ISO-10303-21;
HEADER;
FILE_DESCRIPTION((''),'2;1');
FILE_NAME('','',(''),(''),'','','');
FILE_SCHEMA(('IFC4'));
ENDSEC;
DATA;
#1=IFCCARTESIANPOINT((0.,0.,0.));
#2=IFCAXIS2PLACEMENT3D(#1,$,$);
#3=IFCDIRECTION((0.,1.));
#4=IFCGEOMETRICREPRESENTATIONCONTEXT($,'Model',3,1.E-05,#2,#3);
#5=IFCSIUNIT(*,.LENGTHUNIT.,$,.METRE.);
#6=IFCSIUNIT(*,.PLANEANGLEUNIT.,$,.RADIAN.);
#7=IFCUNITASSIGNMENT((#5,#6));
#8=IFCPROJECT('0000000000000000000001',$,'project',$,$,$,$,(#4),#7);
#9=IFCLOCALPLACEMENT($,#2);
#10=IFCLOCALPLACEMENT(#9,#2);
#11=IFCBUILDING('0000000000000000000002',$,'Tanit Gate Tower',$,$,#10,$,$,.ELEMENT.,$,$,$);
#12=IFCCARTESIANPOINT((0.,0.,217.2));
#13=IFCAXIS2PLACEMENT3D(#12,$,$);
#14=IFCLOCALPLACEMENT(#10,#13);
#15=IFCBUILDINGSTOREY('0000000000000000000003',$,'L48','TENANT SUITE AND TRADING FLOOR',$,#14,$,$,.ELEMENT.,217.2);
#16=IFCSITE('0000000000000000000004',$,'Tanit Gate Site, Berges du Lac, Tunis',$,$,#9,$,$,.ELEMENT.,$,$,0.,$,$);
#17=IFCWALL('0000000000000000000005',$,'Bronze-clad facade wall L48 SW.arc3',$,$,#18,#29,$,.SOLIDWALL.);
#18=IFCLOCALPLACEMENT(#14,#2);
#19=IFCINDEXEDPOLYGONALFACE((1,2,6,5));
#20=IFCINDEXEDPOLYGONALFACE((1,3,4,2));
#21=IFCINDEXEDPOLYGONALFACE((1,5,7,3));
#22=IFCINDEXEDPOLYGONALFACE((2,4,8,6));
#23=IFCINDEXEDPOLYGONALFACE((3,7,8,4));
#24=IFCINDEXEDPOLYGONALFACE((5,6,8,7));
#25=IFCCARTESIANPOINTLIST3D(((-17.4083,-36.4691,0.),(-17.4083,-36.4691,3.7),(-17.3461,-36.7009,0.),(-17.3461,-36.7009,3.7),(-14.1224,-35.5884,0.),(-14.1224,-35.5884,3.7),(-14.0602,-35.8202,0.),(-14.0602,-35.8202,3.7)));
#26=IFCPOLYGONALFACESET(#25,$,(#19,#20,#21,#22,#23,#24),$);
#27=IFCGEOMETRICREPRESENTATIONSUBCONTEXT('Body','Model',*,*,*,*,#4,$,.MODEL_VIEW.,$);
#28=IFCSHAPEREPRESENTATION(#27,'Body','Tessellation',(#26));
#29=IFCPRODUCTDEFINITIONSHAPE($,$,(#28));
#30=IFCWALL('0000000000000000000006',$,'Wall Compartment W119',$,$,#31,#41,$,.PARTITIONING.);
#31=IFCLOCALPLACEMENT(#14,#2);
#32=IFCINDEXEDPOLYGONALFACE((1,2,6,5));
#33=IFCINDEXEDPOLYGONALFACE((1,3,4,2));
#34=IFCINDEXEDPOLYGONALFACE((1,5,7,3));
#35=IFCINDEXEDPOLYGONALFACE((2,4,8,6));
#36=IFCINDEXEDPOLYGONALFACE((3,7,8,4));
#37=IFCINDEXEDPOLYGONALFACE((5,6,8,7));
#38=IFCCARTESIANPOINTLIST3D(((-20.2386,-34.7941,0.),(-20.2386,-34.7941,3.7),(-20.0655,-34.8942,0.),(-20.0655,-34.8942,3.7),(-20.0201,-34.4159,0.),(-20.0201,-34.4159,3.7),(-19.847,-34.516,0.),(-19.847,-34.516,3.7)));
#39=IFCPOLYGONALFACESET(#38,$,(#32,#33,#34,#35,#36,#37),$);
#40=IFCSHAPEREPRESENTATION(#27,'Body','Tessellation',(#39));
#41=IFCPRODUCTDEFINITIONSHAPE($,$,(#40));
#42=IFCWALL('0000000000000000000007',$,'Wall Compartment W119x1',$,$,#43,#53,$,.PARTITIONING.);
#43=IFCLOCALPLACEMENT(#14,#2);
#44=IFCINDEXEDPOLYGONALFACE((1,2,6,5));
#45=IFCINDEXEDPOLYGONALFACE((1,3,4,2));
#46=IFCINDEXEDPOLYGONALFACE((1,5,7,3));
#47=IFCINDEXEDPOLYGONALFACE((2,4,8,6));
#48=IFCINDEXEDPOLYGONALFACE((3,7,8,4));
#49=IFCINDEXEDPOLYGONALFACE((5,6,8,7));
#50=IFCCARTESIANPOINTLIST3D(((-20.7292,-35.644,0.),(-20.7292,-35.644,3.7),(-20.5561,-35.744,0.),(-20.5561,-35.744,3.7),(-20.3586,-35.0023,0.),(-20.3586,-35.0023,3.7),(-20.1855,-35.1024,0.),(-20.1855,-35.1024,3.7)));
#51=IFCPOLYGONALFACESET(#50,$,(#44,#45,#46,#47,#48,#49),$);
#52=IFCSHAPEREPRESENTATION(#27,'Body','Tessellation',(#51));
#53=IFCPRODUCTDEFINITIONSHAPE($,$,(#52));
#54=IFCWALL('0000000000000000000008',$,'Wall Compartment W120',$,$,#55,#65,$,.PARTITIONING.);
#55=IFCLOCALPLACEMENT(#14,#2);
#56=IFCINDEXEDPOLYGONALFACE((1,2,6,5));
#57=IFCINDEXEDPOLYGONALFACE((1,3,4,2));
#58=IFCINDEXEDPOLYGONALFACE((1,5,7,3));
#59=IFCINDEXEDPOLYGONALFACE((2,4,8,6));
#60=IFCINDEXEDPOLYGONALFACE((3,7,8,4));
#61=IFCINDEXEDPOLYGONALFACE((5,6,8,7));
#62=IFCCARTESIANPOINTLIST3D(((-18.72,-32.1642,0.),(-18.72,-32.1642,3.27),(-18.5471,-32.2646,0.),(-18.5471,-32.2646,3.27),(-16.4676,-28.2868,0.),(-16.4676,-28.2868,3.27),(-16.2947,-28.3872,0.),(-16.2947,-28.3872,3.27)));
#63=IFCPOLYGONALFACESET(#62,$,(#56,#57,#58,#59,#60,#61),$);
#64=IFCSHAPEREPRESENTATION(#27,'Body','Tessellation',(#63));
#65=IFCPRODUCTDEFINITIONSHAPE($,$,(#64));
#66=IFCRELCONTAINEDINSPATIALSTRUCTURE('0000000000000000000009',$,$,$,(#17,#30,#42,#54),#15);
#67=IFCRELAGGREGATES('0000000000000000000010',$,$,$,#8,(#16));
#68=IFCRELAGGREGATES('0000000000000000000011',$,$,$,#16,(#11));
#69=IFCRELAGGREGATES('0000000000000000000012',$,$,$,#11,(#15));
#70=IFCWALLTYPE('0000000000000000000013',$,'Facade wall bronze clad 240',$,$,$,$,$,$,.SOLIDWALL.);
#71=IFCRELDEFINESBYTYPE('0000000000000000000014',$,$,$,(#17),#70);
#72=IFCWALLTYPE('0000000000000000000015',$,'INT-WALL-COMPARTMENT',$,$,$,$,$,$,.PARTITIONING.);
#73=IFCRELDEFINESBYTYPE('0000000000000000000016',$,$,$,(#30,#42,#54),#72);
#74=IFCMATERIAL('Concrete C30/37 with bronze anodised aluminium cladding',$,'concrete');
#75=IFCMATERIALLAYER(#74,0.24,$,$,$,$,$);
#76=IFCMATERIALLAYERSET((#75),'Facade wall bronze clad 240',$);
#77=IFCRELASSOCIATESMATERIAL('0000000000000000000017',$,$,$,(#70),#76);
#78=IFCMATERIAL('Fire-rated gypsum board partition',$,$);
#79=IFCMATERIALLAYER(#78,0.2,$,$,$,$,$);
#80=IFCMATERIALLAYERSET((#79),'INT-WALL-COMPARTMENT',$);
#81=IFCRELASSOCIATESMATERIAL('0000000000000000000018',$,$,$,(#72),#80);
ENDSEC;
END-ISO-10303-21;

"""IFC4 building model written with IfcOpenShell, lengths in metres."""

from ifc_helpers import new_model, si_unit, direction, frame, frame_2d, origin, place, context, subcontext, project, spatial, rectangle, extrude, material, layer, layer_set, type_object, element, save


model = new_model("IFC4")

# Units and contexts
model_context = context("Model", 3, precision=1e-05, world=origin(), true_north=direction((0.0, 1.0)))
body_context = subcontext(model_context, "Body", "Model", "MODEL_VIEW")
ifc_project = project(units=[si_unit("LENGTHUNIT", "METRE"), si_unit("PLANEANGLEUNIT", "RADIAN")], contexts=[model_context])

# Site, building, storey
site_placement = place(None, origin())
site = spatial("IfcSite", under=ifc_project, at=site_placement, Name="Tanit Gate Site, Berges du Lac, Tunis", CompositionType="ELEMENT", RefElevation=0.0)
building_placement = place(site_placement, origin())
building = spatial("IfcBuilding", under=site, at=building_placement, Name="Tanit Gate Tower", CompositionType="ELEMENT")
storey_placement = place(building_placement, frame((0.0, 0.0, 217.2)))
storey = spatial("IfcBuildingStorey", under=building, at=storey_placement, Name="L48", Description="TENANT SUITE AND TRADING FLOOR", CompositionType="ELEMENT", Elevation=217.2)

# Walls
ifc_material_1 = material(Name="Concrete C30/37 with bronze anodised aluminium cladding", Category="concrete")
ifc_layer_1 = layer(ifc_material_1, 0.24)
ifc_layer_set_1 = layer_set([ifc_layer_1], Name="Facade wall bronze clad 240")
wall_type_1 = type_object("IfcWallType", Name="Facade wall bronze clad 240", PredefinedType="SOLIDWALL", material=ifc_layer_set_1)
wall_1_placement = place(storey_placement, frame((-17.3772, -36.585, 0.0), z_axis=(0.0, 0.0, 1.0), x_axis=(0.965914, 0.258864, 0.0)))
element("IfcWall", 1, at=wall_1_placement, inside=storey, type_object=wall_type_1, Name="Bronze-clad facade wall L48 SW.arc3", PredefinedType="SOLIDWALL", context=body_context, shape_type="SweptSolid", body=[
    extrude(rectangle(XDim=3.4019, YDim=0.24, at=frame_2d((1.7009, 0.0))), origin(), (0.0, 0.0, 1.0), 3.7),
])
ifc_material_2 = material(Name="Fire-rated gypsum board partition")
ifc_layer_2 = layer(ifc_material_2, 0.2)
ifc_layer_set_2 = layer_set([ifc_layer_2], Name="INT-WALL-COMPARTMENT")
wall_type_2 = type_object("IfcWallType", Name="INT-WALL-COMPARTMENT", PredefinedType="PARTITIONING", material=ifc_layer_set_2)
wall_2_placement = place(storey_placement, frame((-19.9336, -34.4661, 0.0), z_axis=(0.0, 0.0, 1.0), x_axis=(-0.500287, -0.86586, 0.0)))
element("IfcWall", 2, at=wall_2_placement, inside=storey, type_object=wall_type_2, Name="Wall Compartment W119", PredefinedType="PARTITIONING", context=body_context, shape_type="SweptSolid", body=[
    extrude(rectangle(XDim=0.4368, YDim=0.2, at=frame_2d((0.2183, 0.0))), origin(), (0.0, 0.0, 1.0), 3.7),
])
wall_3_placement = place(storey_placement, frame((-20.272, -35.0522, 0.0), z_axis=(0.0, 0.0, 1.0), x_axis=(-0.500179, -0.865922, 0.0)))
element("IfcWall", 3, at=wall_3_placement, inside=storey, type_object=wall_type_2, Name="Wall Compartment W119x1", PredefinedType="PARTITIONING", context=body_context, shape_type="SweptSolid", body=[
    extrude(rectangle(XDim=0.741, YDim=0.2, at=frame_2d((0.3706, 0.0))), origin(), (0.0, 0.0, 1.0), 3.7),
])
wall_4_placement = place(storey_placement, frame((-16.3811, -28.3369, 0.0), z_axis=(0.0, 0.0, 1.0), x_axis=(-0.502306, -0.86469, 0.0)))
element("IfcWall", 4, at=wall_4_placement, inside=storey, type_object=wall_type_2, Name="Wall Compartment W120", PredefinedType="PARTITIONING", context=body_context, shape_type="SweptSolid", body=[
    extrude(rectangle(XDim=4.4841, YDim=0.2, at=frame_2d((2.2422, 0.0))), origin(), (0.0, 0.0, 1.0), 3.27),
])

save(model, "model.ifc")
